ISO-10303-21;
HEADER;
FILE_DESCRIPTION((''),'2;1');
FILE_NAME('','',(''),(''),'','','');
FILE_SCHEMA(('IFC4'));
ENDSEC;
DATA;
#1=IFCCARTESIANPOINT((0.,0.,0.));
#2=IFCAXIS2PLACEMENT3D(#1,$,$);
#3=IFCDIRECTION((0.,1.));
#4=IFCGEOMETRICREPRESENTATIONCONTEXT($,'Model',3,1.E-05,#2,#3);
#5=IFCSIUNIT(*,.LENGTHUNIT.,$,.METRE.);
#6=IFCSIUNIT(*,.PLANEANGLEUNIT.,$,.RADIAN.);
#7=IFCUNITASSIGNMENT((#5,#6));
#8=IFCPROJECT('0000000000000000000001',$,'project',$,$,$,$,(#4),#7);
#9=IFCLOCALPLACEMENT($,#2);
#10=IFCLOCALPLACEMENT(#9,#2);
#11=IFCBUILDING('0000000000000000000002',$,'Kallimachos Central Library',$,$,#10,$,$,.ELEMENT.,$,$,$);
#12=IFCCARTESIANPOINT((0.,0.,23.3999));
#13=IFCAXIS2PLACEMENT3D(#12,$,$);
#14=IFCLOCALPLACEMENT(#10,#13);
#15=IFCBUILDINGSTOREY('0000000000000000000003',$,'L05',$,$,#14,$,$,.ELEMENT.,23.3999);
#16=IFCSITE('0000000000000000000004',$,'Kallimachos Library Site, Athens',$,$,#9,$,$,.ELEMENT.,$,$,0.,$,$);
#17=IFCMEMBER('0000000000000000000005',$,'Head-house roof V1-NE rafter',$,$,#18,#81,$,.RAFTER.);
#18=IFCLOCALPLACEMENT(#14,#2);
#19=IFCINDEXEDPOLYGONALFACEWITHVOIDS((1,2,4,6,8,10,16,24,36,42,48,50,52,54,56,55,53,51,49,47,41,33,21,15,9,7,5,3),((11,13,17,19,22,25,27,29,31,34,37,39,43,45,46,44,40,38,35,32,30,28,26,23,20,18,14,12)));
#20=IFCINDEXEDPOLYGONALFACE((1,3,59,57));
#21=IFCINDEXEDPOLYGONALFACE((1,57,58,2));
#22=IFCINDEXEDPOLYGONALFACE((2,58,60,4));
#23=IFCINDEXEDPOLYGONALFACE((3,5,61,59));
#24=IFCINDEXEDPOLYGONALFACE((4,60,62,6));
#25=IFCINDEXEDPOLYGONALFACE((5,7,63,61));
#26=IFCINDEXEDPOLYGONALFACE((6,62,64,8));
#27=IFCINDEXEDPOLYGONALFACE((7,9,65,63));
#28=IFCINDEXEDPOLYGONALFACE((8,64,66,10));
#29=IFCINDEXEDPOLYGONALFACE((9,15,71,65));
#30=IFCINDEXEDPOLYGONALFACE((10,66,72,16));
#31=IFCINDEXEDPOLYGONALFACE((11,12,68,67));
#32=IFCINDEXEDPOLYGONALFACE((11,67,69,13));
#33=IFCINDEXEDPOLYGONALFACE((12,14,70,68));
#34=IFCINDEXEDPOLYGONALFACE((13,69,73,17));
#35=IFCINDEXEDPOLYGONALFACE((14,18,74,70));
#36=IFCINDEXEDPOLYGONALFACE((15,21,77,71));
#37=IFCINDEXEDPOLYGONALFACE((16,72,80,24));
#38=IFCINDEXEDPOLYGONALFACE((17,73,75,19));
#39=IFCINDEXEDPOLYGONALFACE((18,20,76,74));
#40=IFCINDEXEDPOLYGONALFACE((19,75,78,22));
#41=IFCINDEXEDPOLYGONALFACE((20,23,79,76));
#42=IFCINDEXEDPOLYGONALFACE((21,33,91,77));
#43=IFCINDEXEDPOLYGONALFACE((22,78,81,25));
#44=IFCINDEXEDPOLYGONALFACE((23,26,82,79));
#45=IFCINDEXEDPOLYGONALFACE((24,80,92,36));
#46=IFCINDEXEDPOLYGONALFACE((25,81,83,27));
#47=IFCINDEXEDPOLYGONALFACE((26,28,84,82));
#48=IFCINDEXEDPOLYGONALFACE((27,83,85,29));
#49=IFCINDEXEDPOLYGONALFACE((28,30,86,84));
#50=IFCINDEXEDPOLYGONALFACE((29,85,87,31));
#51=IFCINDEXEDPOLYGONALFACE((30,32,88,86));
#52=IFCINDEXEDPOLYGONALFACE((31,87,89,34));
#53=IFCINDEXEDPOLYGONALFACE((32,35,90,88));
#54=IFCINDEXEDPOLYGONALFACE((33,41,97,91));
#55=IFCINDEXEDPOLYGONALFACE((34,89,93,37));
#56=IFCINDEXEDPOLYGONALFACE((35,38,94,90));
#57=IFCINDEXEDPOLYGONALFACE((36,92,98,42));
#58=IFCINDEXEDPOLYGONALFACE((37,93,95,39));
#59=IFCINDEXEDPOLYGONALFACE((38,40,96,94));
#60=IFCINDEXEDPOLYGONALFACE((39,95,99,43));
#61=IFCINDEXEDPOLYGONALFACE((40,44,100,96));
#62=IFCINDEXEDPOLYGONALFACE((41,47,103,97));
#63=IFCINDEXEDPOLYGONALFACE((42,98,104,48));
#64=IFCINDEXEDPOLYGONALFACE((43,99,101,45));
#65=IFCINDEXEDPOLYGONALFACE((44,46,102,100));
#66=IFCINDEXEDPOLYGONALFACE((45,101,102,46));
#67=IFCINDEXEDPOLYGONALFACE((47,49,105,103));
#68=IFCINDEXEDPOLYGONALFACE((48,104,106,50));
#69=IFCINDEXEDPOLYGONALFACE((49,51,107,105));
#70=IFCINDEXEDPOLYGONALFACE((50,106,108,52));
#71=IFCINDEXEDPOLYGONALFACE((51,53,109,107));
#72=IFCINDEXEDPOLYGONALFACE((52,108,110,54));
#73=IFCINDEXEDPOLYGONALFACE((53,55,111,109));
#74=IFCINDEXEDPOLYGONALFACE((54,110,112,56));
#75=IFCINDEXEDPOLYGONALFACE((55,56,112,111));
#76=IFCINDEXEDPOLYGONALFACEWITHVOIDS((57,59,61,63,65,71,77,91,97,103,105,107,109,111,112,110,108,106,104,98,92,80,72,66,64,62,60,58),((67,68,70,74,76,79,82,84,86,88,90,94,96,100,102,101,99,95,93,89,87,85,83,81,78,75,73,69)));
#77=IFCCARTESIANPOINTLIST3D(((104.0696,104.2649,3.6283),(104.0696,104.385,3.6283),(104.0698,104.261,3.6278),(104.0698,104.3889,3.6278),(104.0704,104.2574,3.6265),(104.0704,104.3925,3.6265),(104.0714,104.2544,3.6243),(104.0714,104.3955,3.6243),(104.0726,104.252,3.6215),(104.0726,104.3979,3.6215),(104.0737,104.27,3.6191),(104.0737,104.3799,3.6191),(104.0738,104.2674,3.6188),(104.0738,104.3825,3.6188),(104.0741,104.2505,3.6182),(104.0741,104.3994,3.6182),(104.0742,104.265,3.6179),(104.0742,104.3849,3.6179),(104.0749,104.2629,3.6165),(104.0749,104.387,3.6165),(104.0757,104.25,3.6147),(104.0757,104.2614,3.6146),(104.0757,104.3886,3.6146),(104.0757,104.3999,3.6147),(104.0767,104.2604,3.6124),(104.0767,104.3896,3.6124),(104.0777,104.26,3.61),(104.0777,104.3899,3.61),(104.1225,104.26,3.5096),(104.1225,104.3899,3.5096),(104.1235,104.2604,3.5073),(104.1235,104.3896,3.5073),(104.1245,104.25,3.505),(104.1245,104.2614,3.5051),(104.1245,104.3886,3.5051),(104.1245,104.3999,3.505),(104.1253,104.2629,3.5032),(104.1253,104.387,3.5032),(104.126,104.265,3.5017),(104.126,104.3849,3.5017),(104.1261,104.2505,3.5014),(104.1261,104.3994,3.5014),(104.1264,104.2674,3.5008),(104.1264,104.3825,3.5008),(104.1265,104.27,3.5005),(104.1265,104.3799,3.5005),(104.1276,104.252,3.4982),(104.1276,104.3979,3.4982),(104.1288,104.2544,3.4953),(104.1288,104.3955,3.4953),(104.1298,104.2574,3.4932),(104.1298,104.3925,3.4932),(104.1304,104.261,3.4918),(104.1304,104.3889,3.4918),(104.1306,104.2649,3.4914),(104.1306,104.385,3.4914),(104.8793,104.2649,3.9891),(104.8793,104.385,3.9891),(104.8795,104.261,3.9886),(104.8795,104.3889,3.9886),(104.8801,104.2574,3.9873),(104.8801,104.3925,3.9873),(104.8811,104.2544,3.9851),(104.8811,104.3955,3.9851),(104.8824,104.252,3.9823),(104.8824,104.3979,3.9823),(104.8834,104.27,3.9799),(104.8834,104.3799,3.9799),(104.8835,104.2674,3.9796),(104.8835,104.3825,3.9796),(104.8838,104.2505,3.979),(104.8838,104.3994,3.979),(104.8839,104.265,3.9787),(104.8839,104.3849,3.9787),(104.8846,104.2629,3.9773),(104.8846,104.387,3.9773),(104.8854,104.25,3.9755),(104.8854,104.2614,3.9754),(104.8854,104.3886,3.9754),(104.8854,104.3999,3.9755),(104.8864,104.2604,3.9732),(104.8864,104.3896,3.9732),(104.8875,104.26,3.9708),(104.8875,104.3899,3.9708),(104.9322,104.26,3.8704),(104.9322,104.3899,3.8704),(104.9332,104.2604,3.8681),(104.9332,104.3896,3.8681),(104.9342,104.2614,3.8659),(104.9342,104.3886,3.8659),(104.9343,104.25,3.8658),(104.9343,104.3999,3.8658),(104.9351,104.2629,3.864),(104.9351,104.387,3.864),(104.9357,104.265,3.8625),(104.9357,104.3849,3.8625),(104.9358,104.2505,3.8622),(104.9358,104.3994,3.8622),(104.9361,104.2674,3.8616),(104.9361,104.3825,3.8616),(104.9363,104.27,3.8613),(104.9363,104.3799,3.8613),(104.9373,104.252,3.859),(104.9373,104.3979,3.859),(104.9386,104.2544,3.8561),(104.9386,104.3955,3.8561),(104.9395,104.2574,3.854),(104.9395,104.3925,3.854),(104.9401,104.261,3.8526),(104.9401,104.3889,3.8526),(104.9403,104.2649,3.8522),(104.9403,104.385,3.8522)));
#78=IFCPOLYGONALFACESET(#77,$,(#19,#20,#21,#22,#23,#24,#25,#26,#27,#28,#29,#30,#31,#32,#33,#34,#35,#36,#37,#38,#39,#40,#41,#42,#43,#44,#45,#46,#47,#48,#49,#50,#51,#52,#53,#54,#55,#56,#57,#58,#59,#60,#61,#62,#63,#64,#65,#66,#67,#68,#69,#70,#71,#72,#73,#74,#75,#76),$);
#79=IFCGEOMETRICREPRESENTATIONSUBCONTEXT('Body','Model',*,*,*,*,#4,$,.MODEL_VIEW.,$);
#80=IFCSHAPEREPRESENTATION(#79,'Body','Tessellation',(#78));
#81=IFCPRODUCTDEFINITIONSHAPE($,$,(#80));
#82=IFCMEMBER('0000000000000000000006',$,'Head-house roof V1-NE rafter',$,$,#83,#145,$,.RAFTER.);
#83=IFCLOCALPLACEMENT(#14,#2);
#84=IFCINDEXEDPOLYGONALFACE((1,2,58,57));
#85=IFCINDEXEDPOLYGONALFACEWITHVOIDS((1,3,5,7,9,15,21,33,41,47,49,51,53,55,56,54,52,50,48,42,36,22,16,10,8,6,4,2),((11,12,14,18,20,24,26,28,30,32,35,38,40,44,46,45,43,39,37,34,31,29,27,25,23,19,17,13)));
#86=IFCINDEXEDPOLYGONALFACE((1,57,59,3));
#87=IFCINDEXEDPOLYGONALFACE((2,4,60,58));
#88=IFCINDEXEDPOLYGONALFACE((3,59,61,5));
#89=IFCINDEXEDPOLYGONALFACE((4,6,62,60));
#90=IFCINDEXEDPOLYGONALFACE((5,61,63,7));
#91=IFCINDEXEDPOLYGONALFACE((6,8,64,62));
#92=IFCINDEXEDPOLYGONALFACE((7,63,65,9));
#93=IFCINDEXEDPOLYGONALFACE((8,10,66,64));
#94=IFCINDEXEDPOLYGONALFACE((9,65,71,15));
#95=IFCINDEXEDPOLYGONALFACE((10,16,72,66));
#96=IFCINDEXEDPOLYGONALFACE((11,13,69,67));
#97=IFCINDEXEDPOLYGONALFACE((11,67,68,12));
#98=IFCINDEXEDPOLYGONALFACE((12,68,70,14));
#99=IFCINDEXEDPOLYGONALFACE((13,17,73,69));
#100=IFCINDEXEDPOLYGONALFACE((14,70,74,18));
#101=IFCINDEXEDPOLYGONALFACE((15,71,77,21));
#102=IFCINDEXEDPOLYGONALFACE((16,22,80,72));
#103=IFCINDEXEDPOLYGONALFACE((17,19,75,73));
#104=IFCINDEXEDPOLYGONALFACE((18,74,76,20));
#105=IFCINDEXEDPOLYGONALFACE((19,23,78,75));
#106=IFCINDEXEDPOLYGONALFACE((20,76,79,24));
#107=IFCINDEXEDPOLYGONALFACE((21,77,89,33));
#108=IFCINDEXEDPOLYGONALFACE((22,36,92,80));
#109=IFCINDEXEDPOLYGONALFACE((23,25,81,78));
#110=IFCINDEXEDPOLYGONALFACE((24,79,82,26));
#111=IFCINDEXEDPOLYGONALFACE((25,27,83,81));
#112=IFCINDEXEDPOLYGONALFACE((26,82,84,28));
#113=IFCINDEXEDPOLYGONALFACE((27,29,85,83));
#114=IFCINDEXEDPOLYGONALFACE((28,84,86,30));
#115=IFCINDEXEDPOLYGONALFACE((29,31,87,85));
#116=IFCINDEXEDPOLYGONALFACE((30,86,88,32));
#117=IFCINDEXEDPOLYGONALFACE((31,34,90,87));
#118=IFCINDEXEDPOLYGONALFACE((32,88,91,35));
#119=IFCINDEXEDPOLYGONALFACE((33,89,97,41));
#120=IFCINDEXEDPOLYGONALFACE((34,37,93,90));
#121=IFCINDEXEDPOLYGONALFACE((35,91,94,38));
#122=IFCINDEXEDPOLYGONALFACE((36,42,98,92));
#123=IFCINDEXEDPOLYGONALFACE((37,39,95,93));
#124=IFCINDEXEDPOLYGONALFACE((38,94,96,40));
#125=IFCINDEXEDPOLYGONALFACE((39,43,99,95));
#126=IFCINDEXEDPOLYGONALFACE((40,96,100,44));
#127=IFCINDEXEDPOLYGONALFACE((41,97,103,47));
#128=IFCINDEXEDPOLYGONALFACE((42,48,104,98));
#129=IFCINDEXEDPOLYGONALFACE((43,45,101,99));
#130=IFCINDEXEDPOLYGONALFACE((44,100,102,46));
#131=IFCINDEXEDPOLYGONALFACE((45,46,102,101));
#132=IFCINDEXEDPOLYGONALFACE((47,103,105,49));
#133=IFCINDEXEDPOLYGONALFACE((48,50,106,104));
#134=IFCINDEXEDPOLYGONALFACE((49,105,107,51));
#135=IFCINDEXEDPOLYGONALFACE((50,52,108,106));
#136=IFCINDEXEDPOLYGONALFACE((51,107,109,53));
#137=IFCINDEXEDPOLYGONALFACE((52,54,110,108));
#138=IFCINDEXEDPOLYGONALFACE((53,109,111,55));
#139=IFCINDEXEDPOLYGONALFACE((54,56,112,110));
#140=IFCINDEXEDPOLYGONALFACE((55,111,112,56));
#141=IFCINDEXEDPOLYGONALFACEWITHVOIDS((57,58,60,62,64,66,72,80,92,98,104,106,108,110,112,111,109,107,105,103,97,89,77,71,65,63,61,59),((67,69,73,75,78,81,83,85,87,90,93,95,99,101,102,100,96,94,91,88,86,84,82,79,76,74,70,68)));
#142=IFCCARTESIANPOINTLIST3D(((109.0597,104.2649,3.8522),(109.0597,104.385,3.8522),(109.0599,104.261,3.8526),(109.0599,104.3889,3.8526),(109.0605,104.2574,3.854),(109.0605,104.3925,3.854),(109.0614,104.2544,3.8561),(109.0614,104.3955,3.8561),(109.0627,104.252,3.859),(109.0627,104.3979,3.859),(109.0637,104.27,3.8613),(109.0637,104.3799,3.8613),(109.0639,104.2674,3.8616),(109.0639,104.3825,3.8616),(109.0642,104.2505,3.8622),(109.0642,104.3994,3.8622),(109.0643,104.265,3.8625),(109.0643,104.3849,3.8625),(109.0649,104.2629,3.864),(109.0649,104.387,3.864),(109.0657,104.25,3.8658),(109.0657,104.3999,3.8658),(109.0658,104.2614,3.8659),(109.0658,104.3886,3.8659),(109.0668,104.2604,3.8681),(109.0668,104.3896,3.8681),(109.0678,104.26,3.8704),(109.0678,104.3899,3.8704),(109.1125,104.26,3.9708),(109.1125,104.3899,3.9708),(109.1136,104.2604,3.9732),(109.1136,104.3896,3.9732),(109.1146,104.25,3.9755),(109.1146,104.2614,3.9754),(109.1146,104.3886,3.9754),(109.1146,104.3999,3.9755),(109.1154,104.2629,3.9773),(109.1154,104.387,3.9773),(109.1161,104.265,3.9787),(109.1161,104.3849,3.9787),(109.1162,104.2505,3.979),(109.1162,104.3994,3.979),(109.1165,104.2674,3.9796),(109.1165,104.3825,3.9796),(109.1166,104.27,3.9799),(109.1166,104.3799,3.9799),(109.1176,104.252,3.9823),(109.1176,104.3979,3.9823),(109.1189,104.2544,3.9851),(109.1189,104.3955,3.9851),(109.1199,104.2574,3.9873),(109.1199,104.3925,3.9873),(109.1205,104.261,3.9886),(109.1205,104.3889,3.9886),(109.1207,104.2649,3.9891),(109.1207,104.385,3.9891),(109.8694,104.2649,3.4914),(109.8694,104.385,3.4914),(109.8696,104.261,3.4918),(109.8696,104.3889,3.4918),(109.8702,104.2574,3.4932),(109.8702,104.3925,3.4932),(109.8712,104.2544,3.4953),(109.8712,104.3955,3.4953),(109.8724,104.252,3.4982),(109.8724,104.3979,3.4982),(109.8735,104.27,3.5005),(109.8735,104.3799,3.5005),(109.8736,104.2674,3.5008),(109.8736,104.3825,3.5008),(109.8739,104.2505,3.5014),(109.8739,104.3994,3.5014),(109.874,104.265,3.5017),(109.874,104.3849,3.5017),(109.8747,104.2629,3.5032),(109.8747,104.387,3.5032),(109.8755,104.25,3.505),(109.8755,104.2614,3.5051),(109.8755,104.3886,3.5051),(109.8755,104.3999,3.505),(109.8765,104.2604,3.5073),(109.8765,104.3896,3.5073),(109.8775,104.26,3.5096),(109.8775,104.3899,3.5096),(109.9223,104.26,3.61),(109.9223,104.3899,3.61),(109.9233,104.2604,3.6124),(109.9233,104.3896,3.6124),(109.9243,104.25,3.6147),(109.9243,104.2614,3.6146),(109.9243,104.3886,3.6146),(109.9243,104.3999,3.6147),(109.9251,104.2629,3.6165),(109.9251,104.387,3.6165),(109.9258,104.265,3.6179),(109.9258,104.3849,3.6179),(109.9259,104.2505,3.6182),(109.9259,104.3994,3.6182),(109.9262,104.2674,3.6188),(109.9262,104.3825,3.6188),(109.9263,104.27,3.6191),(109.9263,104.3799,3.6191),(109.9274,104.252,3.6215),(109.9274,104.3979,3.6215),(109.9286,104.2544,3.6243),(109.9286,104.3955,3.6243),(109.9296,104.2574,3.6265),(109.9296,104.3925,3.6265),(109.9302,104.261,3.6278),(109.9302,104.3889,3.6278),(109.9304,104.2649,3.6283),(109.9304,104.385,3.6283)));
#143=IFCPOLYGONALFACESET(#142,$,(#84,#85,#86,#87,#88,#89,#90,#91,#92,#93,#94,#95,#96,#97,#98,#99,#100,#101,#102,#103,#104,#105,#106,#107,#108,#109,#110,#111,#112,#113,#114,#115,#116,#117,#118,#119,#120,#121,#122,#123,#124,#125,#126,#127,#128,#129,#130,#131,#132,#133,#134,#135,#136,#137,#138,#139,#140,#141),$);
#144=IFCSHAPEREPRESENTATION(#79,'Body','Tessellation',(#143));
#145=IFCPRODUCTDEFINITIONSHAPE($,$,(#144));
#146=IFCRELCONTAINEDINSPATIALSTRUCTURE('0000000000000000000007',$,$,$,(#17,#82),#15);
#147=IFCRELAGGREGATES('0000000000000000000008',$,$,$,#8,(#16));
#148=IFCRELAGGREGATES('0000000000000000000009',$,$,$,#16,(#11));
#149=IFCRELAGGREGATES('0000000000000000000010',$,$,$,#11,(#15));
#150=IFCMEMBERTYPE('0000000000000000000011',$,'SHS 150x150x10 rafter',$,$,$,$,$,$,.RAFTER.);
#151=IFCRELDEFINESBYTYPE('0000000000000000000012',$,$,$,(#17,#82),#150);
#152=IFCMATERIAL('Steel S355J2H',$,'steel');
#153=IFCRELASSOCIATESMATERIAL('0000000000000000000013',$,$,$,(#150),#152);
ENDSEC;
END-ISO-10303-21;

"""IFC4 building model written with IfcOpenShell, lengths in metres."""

from ifc_helpers import new_model, si_unit, direction, frame, origin, origin_2d, place, context, subcontext, project, spatial, hollow_rectangle, extrude, material, material_profile, profile_set, type_object, element, save


model = new_model("IFC4")

# Units and contexts
model_context = context("Model", 3, precision=1e-05, world=origin(), true_north=direction((0.0, 1.0)))
body_context = subcontext(model_context, "Body", "Model", "MODEL_VIEW")
ifc_project = project(units=[si_unit("LENGTHUNIT", "METRE"), si_unit("PLANEANGLEUNIT", "RADIAN")], contexts=[model_context])

# Site, building, storey
site_placement = place(None, origin())
site = spatial("IfcSite", under=ifc_project, at=site_placement, Name="Kallimachos Library Site, Athens", CompositionType="ELEMENT", RefElevation=0.0)
building_placement = place(site_placement, origin())
building = spatial("IfcBuilding", under=site, at=building_placement, Name="Kallimachos Central Library", CompositionType="ELEMENT")
storey_placement = place(building_placement, frame((0.0, 0.0, 23.3999)))
storey = spatial("IfcBuildingStorey", under=building, at=storey_placement, Name="L05", CompositionType="ELEMENT", Elevation=23.3999)

# Members
ifc_material_1 = material(Name="Steel S355J2H", Category="steel")
ifc_material_profile_1 = material_profile(ifc_material_1, hollow_rectangle(XDim=0.1499, YDim=0.1499, WallThickness=0.01, InnerFilletRadius=0.01, OuterFilletRadius=0.0149, at=origin_2d()), Name="SHS 150x150x10")
ifc_profile_set_1 = profile_set([ifc_material_profile_1], Name="Steel S355J2H")
member_type_1 = type_object("IfcMemberType", Name="SHS 150x150x10 rafter", PredefinedType="RAFTER", material=ifc_profile_set_1)
for number, where, z_axis, x_axis, name in (
    (1, (104.1001, 104.325, 3.5598), (0.913425, 0.0, 0.407007), (0.0, 1.0, 0.0), "Head-house roof V1-NE rafter"),
    (2, (109.8999, 104.325, 3.5598), (-0.913425, 0.0, 0.407007), (0.0, -1.0, 0.0), "Head-house roof V1-NE rafter"),
):
    element("IfcMember", number, at=place(storey_placement, frame(where, z_axis=z_axis, x_axis=x_axis)), inside=storey, type_object=member_type_1, Name=name, PredefinedType="RAFTER", context=body_context, shape_type="SweptSolid", body=[
        extrude(hollow_rectangle(XDim=0.1499, YDim=0.1499, WallThickness=0.01, InnerFilletRadius=0.01, OuterFilletRadius=0.0149, at=origin_2d()), origin(), (0.0, 0.0, 1.0), 0.8865),
    ])

save(model, "model.ifc")
